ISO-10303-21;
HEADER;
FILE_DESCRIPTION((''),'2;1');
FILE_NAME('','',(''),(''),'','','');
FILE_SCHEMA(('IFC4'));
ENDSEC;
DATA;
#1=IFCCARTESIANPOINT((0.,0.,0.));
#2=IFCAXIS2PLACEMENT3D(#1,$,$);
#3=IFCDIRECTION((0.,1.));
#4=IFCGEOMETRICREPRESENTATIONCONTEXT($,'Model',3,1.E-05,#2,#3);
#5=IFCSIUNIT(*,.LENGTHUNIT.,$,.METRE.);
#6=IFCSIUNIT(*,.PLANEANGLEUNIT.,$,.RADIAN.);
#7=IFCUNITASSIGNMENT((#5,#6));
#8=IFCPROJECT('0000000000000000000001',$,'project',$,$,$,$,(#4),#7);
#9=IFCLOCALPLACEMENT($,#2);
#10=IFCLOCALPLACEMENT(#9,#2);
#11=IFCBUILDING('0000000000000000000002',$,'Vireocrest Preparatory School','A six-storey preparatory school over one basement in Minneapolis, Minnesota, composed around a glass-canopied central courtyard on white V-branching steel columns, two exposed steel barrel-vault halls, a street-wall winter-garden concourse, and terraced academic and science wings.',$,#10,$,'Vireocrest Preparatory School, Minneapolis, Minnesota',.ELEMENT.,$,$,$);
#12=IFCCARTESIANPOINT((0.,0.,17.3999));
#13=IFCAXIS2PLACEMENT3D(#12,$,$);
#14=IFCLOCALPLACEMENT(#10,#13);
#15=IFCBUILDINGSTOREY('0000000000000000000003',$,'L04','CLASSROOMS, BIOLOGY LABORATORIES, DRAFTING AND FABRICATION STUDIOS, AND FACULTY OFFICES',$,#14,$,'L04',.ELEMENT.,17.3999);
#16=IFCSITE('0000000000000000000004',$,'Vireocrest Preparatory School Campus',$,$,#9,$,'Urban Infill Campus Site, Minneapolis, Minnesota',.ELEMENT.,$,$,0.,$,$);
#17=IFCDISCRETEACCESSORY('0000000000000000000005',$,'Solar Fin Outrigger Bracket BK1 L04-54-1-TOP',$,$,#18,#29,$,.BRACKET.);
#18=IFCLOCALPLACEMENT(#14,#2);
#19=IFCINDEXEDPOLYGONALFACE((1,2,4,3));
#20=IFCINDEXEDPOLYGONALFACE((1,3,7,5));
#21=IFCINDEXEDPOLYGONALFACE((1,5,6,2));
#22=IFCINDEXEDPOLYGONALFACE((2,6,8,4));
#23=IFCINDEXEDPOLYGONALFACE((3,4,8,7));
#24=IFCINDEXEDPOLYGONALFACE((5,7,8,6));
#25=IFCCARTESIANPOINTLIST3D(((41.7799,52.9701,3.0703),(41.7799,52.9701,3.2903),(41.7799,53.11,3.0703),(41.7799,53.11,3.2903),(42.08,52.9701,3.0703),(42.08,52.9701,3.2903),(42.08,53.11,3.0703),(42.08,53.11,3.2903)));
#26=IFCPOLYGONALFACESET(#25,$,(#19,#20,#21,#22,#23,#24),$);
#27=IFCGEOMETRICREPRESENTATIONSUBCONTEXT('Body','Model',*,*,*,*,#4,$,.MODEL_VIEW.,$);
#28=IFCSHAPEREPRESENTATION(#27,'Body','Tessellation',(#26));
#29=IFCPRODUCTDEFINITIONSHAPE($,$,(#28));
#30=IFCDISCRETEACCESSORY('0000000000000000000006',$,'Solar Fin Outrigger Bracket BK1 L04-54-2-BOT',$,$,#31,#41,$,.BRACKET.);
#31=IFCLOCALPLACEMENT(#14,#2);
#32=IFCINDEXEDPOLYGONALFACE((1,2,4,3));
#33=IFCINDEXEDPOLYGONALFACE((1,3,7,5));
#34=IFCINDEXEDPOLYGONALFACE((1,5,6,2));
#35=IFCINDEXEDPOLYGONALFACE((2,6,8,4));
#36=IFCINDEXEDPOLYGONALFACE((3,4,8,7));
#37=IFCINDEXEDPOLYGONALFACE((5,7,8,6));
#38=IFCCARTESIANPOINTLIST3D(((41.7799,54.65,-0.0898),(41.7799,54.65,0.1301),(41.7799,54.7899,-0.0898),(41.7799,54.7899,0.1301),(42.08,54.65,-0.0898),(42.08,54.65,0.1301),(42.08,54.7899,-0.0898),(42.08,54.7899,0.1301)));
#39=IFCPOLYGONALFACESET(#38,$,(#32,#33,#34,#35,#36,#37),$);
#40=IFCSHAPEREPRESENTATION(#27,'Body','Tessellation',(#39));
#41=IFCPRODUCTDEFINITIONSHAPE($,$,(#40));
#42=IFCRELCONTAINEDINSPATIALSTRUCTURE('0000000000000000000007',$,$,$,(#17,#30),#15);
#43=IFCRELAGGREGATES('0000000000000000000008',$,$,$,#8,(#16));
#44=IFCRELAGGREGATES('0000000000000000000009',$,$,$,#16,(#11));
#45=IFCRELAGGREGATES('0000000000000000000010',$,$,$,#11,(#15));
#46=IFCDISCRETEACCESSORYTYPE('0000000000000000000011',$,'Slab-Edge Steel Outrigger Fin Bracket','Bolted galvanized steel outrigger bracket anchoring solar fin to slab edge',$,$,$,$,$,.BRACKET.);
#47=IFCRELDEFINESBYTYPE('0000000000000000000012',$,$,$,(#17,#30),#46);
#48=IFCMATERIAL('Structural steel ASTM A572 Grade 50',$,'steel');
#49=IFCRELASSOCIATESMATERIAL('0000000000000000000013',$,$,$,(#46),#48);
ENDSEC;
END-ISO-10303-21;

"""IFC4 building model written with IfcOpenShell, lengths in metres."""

from ifc_helpers import new_model, si_unit, direction, frame, origin, origin_2d, place, context, subcontext, project, spatial, rectangle, extrude, material, type_object, element, save


model = new_model("IFC4")

# Units and contexts
model_context = context("Model", 3, precision=1e-05, world=origin(), true_north=direction((0.0, 1.0)))
body_context = subcontext(model_context, "Body", "Model", "MODEL_VIEW")
ifc_project = project(units=[si_unit("LENGTHUNIT", "METRE"), si_unit("PLANEANGLEUNIT", "RADIAN")], contexts=[model_context])

# Site, building, storey
site_placement = place(None, origin())
site = spatial("IfcSite", under=ifc_project, at=site_placement, Name="Vireocrest Preparatory School Campus", LongName="Urban Infill Campus Site, Minneapolis, Minnesota", CompositionType="ELEMENT", RefElevation=0.0)
building_placement = place(site_placement, origin())
building = spatial("IfcBuilding", under=site, at=building_placement, Name="Vireocrest Preparatory School", Description="A six-storey preparatory school over one basement in Minneapolis, Minnesota, composed around a glass-canopied central courtyard on white V-branching steel columns, two exposed steel barrel-vault halls, a street-wall winter-garden concourse, and terraced academic and science wings.", LongName="Vireocrest Preparatory School, Minneapolis, Minnesota", CompositionType="ELEMENT")
storey_placement = place(building_placement, frame((0.0, 0.0, 17.3999)))
storey = spatial("IfcBuildingStorey", under=building, at=storey_placement, Name="L04", Description="CLASSROOMS, BIOLOGY LABORATORIES, DRAFTING AND FABRICATION STUDIOS, AND FACULTY OFFICES", LongName="L04", CompositionType="ELEMENT", Elevation=17.3999)

# Discrete accessories
ifc_material_1 = material(Name="Structural steel ASTM A572 Grade 50", Category="steel")
discrete_accessory_type = type_object("IfcDiscreteAccessoryType", Name="Slab-Edge Steel Outrigger Fin Bracket", Description="Bolted galvanized steel outrigger bracket anchoring solar fin to slab edge", PredefinedType="BRACKET", material=ifc_material_1)
for number, where, z_axis, x_axis, name in (
    (1, (41.9299, 53.04, 3.0703), (0.0, 0.0, 1.0), (0.0, 1.0, 0.0), "Solar Fin Outrigger Bracket BK1 L04-54-1-TOP"),
    (2, (41.9299, 54.72, -0.0898), (0.0, 0.0, 1.0), (0.0, 1.0, 0.0), "Solar Fin Outrigger Bracket BK1 L04-54-2-BOT"),
):
    element("IfcDiscreteAccessory", number, at=place(storey_placement, frame(where, z_axis=z_axis, x_axis=x_axis)), inside=storey, type_object=discrete_accessory_type, Name=name, PredefinedType="BRACKET", context=body_context, shape_type="SweptSolid", body=[
        extrude(rectangle(XDim=0.1399, YDim=0.3, at=origin_2d()), origin(), (0.0, 0.0, 1.0), 0.22),
    ])

save(model, "model.ifc")
